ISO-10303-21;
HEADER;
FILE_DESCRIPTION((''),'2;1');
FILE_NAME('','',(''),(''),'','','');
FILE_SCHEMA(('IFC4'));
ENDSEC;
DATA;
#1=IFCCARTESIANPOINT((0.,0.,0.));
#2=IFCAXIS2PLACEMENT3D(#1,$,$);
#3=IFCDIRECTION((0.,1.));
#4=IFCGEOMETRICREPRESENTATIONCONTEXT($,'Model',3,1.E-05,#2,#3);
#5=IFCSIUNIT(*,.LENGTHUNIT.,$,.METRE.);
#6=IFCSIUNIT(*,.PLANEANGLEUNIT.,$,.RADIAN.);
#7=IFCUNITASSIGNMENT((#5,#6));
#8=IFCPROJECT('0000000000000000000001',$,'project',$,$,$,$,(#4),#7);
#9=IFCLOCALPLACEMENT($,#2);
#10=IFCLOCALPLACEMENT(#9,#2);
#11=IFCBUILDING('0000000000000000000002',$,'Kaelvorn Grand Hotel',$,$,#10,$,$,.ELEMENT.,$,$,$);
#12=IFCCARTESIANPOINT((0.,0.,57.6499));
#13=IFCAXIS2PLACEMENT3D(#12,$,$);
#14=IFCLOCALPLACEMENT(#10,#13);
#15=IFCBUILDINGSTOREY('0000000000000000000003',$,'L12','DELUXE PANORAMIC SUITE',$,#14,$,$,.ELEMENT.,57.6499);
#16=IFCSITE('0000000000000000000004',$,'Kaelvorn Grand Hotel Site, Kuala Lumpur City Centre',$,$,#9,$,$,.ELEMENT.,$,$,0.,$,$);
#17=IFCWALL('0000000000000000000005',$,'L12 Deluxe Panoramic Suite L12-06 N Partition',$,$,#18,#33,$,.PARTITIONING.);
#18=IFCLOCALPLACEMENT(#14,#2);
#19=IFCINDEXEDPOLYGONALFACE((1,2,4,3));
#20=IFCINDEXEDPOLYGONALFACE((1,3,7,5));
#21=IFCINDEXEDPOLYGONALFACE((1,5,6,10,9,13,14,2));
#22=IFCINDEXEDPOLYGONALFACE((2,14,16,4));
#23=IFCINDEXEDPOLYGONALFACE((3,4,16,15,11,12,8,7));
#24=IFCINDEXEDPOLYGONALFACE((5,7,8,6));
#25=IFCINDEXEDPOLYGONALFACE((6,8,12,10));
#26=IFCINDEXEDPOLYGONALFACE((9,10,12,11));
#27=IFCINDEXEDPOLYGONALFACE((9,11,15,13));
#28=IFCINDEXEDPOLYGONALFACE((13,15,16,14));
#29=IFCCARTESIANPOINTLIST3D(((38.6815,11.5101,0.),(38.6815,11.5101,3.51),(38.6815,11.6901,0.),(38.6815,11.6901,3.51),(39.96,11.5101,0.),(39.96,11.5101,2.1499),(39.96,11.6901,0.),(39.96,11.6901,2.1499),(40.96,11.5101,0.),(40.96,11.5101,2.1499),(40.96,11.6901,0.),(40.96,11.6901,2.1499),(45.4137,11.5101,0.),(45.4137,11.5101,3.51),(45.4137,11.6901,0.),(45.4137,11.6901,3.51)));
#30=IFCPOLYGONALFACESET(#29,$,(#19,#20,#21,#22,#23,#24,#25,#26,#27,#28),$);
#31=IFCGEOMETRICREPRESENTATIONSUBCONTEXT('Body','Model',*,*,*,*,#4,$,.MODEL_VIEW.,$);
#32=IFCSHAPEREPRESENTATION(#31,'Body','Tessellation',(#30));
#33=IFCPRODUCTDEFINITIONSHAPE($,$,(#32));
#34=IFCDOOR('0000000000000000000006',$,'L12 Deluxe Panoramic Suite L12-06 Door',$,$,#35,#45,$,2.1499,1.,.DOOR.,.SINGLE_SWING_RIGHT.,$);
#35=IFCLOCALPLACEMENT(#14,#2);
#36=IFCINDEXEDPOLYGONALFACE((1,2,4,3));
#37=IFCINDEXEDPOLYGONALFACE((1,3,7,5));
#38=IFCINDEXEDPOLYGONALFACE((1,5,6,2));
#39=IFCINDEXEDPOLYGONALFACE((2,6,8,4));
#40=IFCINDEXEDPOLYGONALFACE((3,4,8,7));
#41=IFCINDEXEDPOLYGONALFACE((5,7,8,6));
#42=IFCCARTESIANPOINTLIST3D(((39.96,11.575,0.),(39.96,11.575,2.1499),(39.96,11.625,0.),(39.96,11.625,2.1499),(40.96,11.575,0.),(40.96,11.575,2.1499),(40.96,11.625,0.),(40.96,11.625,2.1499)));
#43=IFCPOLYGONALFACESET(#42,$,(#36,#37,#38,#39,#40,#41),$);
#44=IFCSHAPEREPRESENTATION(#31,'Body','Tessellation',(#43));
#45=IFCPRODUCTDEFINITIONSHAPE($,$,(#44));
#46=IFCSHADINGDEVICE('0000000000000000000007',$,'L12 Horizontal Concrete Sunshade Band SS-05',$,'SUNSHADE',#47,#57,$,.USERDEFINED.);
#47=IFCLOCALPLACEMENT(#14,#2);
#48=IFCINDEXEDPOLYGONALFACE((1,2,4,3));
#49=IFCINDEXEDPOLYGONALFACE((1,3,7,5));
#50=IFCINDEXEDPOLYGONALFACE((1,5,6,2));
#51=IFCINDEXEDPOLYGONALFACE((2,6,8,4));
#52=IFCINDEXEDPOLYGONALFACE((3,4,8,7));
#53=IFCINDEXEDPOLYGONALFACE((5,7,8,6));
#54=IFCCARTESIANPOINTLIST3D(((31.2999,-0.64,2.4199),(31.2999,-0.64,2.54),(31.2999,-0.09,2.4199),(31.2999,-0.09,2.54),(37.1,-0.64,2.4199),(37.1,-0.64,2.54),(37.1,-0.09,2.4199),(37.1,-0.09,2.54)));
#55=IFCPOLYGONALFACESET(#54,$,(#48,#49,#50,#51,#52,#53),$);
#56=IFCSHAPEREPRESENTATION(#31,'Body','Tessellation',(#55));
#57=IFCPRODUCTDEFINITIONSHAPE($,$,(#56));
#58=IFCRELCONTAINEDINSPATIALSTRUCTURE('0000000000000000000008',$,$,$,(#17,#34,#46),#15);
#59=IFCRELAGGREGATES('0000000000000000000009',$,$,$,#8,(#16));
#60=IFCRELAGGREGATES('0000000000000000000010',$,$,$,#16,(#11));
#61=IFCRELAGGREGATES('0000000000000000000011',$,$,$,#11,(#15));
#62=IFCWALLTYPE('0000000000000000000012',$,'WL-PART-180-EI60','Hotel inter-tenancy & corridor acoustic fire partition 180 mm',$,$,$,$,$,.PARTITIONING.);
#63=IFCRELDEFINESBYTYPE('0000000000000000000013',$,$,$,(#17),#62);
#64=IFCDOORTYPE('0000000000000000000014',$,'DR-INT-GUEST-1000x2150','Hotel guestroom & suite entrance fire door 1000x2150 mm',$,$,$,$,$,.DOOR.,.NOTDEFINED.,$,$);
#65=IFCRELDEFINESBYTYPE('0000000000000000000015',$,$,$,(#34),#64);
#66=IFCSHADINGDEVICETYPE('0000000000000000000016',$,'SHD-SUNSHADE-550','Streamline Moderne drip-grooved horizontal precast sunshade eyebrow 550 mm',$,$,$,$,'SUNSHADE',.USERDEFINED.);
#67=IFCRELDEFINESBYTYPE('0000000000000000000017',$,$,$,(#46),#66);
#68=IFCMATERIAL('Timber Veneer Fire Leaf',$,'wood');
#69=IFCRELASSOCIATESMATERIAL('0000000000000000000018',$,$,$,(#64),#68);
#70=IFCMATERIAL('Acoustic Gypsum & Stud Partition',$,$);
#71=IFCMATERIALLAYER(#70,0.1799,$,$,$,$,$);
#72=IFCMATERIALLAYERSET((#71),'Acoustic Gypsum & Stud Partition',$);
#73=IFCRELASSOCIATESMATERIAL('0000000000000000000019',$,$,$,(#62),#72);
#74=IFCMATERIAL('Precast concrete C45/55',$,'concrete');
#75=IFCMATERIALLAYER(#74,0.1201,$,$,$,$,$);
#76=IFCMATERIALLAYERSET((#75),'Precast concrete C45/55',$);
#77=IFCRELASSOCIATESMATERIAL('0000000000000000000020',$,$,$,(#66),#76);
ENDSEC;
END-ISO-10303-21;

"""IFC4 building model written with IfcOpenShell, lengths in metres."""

from ifc_helpers import new_model, si_unit, direction, frame, frame_2d, origin, origin_2d, place, context, subcontext, project, spatial, rectangle, extrude, material, layer, layer_set, type_object, element, fill, save


model = new_model("IFC4")

# Units and contexts
model_context = context("Model", 3, precision=1e-05, world=origin(), true_north=direction((0.0, 1.0)))
body_context = subcontext(model_context, "Body", "Model", "MODEL_VIEW")
ifc_project = project(units=[si_unit("LENGTHUNIT", "METRE"), si_unit("PLANEANGLEUNIT", "RADIAN")], contexts=[model_context])

# Site, building, storey
site_placement = place(None, origin())
site = spatial("IfcSite", under=ifc_project, at=site_placement, Name="Kaelvorn Grand Hotel Site, Kuala Lumpur City Centre", CompositionType="ELEMENT", RefElevation=0.0)
building_placement = place(site_placement, origin())
building = spatial("IfcBuilding", under=site, at=building_placement, Name="Kaelvorn Grand Hotel", CompositionType="ELEMENT")
storey_placement = place(building_placement, frame((0.0, 0.0, 57.6499)))
storey = spatial("IfcBuildingStorey", under=building, at=storey_placement, Name="L12", Description="DELUXE PANORAMIC SUITE", CompositionType="ELEMENT", Elevation=57.6499)

# Shared definitions
ifc_material_1 = material(Name="Acoustic Gypsum & Stud Partition")
ifc_material_2 = material(Name="Timber Veneer Fire Leaf", Category="wood")
door_type_1 = type_object("IfcDoorType", Name="DR-INT-GUEST-1000x2150", Description="Hotel guestroom & suite entrance fire door 1000x2150 mm", OperationType="NOTDEFINED", PredefinedType="DOOR", material=ifc_material_2)

# Shared definitions
ifc_layer_1 = layer(ifc_material_1, 0.1799)
ifc_layer_set_1 = layer_set([ifc_layer_1], Name="Acoustic Gypsum & Stud Partition")
wall_type_1 = type_object("IfcWallType", Name="WL-PART-180-EI60", Description="Hotel inter-tenancy & corridor acoustic fire partition 180 mm", PredefinedType="PARTITIONING", material=ifc_layer_set_1)

# Wall, opening, door
wall_1_placement = place(storey_placement, frame((38.6814, 11.6001, 0.0), z_axis=(0.0, 0.0, 1.0), x_axis=(1.0, 0.0, 0.0)))
wall_1 = element("IfcWall", 1, at=wall_1_placement, inside=storey, type_object=wall_type_1, Name="L12 Deluxe Panoramic Suite L12-06 N Partition", PredefinedType="PARTITIONING", context=body_context, shape_type="SweptSolid", body=[
    extrude(rectangle(XDim=6.7322, YDim=0.1799, at=frame_2d((3.3662, 0.0))), origin(), (0.0, 0.0, 1.0), 3.51),
])
opening_1_placement = place(wall_1_placement, frame((1.2786, 0.0, 0.0)))
opening_1 = element("IfcOpeningElement", 2, at=opening_1_placement, cuts=wall_1, PredefinedType="OPENING", context=body_context, shape_type="SweptSolid", body=[
    extrude(rectangle(XDim=1.0, YDim=2.1499, at=frame_2d((0.5, 1.075))), frame((0.0, 0.1001, 0.0), z_axis=(0.0, -1.0, 0.0), x_axis=(1.0, 0.0, 0.0)), (0.0, 0.0, 1.0), 0.2),
])
door_1_placement = place(opening_1_placement, origin())
door_1 = element("IfcDoor", 3, at=door_1_placement, inside=storey, type_object=door_type_1, Name="L12 Deluxe Panoramic Suite L12-06 Door", OperationType="SINGLE_SWING_RIGHT", OverallHeight=2.1499, OverallWidth=1.0, PredefinedType="DOOR", context=body_context, shape_type="SweptSolid", body=[
    extrude(rectangle(XDim=1.0, YDim=2.1499, at=frame_2d((0.5, 1.075))), frame((0.0, 0.0249, 0.0), z_axis=(0.0, -1.0, 0.0), x_axis=(1.0, 0.0, 0.0)), (0.0, 0.0, 1.0), 0.05),
])
fill(opening_1, door_1)

# Shading device
ifc_material_3 = material(Name="Precast concrete C45/55", Category="concrete")
ifc_layer_2 = layer(ifc_material_3, 0.1201)
ifc_layer_set_2 = layer_set([ifc_layer_2], Name="Precast concrete C45/55")
shading_device_type = type_object("IfcShadingDeviceType", Name="SHD-SUNSHADE-550", Description="Streamline Moderne drip-grooved horizontal precast sunshade eyebrow 550 mm", ElementType="SUNSHADE", PredefinedType="USERDEFINED", material=ifc_layer_set_2)
shading_device_placement = place(storey_placement, frame((34.2, -0.365, 2.4199), z_axis=(0.0, 0.0, 1.0), x_axis=(1.0, 0.0, 0.0)))
element("IfcShadingDevice", 4, at=shading_device_placement, inside=storey, type_object=shading_device_type, Name="L12 Horizontal Concrete Sunshade Band SS-05", ObjectType="SUNSHADE", PredefinedType="USERDEFINED", context=body_context, shape_type="SweptSolid", body=[
    extrude(rectangle(XDim=5.8, YDim=0.55, at=origin_2d()), origin(), (0.0, 0.0, 1.0), 0.1201),
])

save(model, "model.ifc")
